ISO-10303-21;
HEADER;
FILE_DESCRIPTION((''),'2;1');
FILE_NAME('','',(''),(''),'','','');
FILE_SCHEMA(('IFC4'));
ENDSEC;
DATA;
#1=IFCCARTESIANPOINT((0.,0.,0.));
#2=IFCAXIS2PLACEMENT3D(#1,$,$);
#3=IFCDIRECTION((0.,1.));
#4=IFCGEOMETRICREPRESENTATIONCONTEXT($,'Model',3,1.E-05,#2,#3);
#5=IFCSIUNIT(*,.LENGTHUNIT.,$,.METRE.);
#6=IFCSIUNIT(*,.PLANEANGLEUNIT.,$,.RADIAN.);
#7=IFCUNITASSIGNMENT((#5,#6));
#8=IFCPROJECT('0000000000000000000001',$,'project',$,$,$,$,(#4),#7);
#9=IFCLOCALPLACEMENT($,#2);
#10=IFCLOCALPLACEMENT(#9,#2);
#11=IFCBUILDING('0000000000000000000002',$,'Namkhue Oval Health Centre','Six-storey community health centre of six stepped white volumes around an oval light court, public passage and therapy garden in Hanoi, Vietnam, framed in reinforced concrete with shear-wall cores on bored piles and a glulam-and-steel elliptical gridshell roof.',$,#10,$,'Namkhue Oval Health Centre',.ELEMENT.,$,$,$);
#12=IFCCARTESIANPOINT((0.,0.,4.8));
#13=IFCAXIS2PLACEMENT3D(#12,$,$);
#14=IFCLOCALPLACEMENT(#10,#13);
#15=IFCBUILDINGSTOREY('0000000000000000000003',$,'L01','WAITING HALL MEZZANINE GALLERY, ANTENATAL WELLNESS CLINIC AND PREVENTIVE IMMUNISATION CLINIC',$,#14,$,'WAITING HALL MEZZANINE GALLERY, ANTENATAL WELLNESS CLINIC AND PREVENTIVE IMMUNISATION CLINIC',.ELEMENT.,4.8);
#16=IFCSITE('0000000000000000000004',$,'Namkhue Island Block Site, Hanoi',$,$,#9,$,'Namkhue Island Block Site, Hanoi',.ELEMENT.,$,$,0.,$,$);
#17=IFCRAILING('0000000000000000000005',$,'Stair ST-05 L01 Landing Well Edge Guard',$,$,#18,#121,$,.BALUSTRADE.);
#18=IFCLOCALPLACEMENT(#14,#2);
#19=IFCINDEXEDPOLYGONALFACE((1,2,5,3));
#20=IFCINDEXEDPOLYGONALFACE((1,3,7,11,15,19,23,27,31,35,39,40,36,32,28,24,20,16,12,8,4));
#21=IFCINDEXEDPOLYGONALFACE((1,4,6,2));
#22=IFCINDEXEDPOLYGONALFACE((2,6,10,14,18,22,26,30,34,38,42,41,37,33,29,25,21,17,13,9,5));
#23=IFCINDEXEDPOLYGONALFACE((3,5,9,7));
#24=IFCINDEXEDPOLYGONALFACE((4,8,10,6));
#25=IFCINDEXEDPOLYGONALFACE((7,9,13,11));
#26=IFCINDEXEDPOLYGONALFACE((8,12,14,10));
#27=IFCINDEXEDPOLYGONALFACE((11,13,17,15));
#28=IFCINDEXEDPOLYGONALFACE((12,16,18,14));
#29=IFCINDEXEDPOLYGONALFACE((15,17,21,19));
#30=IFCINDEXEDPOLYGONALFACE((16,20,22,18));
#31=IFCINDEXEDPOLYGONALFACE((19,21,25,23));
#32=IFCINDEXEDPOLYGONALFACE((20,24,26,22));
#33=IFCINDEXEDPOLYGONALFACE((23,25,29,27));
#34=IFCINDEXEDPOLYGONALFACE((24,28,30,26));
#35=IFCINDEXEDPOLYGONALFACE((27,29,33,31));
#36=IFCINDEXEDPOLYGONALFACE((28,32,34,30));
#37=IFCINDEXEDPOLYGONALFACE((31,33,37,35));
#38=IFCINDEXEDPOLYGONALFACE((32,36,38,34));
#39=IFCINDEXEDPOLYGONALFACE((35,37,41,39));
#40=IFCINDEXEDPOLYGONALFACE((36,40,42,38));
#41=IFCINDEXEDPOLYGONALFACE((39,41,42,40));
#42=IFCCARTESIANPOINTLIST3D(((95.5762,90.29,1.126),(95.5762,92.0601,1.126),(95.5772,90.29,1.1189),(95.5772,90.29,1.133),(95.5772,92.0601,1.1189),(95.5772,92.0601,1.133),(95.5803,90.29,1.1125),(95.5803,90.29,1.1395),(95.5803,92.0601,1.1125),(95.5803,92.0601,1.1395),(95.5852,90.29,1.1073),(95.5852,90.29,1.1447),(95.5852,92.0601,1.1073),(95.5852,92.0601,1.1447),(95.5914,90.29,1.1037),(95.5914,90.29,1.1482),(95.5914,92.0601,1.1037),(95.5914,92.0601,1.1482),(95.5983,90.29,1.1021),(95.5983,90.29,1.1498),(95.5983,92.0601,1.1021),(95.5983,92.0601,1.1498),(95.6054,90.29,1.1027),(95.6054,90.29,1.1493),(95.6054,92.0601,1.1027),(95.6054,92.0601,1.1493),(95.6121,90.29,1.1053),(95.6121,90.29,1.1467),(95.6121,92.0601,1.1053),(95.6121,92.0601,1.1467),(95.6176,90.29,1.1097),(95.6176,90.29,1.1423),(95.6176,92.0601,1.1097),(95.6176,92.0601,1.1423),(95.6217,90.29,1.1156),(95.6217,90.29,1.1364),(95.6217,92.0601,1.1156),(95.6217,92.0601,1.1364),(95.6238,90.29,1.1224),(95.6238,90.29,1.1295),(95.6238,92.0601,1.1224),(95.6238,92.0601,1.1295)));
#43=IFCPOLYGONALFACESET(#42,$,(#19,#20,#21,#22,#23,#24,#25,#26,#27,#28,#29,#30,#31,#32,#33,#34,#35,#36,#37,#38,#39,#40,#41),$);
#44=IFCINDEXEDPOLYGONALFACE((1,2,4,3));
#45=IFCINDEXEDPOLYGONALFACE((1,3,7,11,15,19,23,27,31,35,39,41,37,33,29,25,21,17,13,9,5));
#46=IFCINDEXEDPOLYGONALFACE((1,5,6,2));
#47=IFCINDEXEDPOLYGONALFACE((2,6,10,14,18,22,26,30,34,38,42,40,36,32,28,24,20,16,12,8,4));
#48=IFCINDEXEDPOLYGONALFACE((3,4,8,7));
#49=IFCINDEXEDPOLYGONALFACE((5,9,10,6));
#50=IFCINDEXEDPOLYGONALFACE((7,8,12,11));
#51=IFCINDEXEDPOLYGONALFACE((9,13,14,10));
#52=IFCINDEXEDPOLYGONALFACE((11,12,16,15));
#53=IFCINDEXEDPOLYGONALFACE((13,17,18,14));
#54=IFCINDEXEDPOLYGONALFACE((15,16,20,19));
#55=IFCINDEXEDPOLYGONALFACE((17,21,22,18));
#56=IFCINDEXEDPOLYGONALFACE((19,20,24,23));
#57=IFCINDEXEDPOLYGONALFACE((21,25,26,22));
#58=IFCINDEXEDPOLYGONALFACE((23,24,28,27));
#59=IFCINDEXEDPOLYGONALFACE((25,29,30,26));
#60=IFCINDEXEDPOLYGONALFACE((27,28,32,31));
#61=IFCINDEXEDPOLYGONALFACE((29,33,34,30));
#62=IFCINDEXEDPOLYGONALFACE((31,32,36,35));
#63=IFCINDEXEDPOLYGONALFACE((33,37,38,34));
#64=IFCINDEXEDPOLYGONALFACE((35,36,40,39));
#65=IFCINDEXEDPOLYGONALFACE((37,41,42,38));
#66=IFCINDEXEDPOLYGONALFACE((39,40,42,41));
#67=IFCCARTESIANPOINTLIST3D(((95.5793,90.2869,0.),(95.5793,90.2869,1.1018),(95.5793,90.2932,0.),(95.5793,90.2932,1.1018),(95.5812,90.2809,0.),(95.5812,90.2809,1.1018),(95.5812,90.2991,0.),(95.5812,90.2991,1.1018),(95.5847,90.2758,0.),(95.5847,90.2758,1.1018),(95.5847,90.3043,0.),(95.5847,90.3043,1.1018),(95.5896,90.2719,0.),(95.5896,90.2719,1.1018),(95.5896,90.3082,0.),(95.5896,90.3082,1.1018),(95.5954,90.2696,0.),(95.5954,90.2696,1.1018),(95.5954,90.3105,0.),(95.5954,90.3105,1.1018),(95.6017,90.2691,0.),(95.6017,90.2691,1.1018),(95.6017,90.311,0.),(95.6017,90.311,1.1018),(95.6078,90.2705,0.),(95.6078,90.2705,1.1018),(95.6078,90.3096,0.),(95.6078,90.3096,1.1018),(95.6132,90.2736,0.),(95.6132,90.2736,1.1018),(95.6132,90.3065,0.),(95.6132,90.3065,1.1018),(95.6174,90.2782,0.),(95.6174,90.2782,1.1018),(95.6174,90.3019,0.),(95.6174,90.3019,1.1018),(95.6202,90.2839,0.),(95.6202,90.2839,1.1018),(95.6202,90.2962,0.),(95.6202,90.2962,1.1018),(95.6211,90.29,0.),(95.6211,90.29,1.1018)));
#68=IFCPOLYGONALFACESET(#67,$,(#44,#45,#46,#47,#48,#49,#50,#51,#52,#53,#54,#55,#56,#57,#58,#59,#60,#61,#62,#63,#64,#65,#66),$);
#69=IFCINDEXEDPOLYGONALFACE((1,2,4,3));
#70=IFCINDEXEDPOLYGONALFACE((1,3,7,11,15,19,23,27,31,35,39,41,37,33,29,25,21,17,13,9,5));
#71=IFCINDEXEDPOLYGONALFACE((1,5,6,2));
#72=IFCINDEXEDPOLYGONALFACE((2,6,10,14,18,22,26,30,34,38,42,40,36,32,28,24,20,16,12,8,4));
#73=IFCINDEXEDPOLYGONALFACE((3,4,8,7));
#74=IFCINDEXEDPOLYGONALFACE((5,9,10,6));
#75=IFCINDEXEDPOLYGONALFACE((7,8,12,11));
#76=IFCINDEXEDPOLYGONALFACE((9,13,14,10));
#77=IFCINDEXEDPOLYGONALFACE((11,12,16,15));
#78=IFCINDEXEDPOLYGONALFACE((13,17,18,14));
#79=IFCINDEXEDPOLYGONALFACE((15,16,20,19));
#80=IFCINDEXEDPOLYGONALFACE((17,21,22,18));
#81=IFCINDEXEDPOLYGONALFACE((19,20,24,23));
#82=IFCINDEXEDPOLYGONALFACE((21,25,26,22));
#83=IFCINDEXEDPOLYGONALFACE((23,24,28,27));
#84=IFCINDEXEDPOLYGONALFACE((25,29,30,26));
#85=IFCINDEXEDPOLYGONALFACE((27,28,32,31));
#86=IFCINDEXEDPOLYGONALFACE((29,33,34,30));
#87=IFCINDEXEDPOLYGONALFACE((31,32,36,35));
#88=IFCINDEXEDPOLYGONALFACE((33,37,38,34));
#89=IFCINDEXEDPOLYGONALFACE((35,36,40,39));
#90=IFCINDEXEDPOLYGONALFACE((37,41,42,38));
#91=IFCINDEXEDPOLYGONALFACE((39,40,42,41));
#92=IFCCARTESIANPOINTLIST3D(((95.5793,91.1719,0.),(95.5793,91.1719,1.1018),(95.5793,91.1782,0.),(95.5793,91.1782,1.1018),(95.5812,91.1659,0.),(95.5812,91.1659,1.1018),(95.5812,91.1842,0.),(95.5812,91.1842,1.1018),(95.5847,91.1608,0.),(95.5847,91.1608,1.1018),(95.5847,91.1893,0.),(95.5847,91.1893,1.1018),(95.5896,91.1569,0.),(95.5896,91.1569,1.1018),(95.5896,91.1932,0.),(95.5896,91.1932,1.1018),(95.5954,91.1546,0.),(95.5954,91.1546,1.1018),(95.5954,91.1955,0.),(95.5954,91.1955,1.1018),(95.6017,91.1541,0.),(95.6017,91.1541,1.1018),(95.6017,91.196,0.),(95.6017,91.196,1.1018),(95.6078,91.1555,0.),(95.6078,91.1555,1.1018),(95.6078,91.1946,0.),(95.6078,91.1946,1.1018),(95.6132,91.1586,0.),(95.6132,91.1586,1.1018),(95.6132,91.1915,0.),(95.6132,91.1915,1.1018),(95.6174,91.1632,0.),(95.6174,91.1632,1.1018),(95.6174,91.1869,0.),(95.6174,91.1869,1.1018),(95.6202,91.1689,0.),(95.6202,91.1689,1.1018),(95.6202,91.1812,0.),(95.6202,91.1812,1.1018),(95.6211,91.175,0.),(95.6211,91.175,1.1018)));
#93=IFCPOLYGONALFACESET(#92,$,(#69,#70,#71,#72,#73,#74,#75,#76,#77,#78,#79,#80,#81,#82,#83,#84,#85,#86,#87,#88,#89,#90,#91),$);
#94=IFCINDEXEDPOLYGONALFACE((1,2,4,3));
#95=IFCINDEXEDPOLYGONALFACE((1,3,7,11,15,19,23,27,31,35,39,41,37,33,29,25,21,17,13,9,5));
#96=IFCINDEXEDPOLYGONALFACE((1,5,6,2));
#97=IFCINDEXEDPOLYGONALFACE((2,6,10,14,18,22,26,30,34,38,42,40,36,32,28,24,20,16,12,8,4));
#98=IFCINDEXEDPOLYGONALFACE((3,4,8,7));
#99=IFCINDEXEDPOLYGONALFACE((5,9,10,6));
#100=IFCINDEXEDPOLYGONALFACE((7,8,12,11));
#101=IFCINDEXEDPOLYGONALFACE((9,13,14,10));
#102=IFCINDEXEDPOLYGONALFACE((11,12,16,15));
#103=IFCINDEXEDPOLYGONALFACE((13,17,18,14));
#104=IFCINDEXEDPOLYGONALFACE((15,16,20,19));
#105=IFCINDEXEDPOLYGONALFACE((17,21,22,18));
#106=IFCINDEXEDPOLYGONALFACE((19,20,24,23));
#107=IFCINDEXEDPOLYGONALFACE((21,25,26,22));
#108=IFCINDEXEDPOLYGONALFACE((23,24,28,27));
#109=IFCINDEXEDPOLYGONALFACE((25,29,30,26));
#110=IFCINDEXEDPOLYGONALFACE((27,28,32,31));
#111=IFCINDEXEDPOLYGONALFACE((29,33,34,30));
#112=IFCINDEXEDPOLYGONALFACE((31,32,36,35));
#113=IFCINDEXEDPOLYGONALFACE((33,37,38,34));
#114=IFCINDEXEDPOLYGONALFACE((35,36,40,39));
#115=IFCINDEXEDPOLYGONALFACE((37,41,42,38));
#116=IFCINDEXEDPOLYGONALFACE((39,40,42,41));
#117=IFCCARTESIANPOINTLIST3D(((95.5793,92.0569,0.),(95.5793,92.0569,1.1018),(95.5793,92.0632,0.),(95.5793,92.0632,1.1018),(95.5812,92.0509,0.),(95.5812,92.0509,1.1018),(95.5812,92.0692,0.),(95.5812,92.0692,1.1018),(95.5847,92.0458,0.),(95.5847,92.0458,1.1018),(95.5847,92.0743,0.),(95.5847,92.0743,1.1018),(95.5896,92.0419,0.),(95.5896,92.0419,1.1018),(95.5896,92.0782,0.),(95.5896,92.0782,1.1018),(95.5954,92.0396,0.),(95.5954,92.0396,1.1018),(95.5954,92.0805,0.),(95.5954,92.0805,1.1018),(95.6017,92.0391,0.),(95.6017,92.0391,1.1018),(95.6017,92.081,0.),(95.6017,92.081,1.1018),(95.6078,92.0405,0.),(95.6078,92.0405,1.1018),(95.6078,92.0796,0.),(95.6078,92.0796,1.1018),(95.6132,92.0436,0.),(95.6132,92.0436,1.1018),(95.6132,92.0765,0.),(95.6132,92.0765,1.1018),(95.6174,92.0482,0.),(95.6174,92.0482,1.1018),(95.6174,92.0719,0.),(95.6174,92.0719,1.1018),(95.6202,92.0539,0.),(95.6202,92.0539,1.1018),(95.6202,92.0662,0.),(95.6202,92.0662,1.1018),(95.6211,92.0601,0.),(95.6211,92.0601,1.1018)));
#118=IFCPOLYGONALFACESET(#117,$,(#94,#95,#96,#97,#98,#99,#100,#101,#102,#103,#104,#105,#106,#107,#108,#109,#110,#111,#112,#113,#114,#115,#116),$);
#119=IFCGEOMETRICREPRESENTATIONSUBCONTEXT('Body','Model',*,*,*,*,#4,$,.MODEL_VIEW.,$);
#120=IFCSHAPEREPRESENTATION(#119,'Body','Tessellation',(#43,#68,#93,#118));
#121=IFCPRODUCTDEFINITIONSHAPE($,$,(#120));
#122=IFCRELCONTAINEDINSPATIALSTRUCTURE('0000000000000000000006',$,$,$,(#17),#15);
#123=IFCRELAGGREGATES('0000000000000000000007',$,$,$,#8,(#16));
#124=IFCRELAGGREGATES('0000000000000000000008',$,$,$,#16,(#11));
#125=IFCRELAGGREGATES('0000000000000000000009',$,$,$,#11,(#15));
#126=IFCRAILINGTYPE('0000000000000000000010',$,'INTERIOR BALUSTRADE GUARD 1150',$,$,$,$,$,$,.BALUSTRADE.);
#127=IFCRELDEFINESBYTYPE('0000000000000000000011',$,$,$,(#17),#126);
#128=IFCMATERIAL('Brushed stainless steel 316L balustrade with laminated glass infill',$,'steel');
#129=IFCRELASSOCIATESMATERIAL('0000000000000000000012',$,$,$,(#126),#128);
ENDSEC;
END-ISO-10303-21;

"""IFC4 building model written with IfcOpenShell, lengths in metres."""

from ifc_helpers import new_model, si_unit, direction, frame, origin, origin_2d, place, context, subcontext, project, spatial, circle, extrude, material, type_object, element, save


model = new_model("IFC4")

# Units and contexts
model_context = context("Model", 3, precision=1e-05, world=origin(), true_north=direction((0.0, 1.0)))
body_context = subcontext(model_context, "Body", "Model", "MODEL_VIEW")
ifc_project = project(units=[si_unit("LENGTHUNIT", "METRE"), si_unit("PLANEANGLEUNIT", "RADIAN")], contexts=[model_context])

# Site, building, storey
site_placement = place(None, origin())
site = spatial("IfcSite", under=ifc_project, at=site_placement, Name="Namkhue Island Block Site, Hanoi", LongName="Namkhue Island Block Site, Hanoi", CompositionType="ELEMENT", RefElevation=0.0)
building_placement = place(site_placement, origin())
building = spatial("IfcBuilding", under=site, at=building_placement, Name="Namkhue Oval Health Centre", Description="Six-storey community health centre of six stepped white volumes around an oval light court, public passage and therapy garden in Hanoi, Vietnam, framed in reinforced concrete with shear-wall cores on bored piles and a glulam-and-steel elliptical gridshell roof.", LongName="Namkhue Oval Health Centre", CompositionType="ELEMENT")
storey_placement = place(building_placement, frame((0.0, 0.0, 4.8)))
storey = spatial("IfcBuildingStorey", under=building, at=storey_placement, Name="L01", Description="WAITING HALL MEZZANINE GALLERY, ANTENATAL WELLNESS CLINIC AND PREVENTIVE IMMUNISATION CLINIC", LongName="WAITING HALL MEZZANINE GALLERY, ANTENATAL WELLNESS CLINIC AND PREVENTIVE IMMUNISATION CLINIC", CompositionType="ELEMENT", Elevation=4.8)

# Railing
ifc_material_1 = material(Name="Brushed stainless steel 316L balustrade with laminated glass infill", Category="steel")
railing_type_1 = type_object("IfcRailingType", Name="INTERIOR BALUSTRADE GUARD 1150", PredefinedType="BALUSTRADE", material=ifc_material_1)
railing_1_placement = place(storey_placement, frame((95.6001, 90.29, 0.0)))
element("IfcRailing", 1, at=railing_1_placement, inside=storey, type_object=railing_type_1, Name="Stair ST-05 L01 Landing Well Edge Guard", PredefinedType="BALUSTRADE", context=body_context, shape_type="SweptSolid", body=[
    extrude(circle(Radius=0.0239, at=origin_2d()), frame((0.0, 0.0, 1.126), z_axis=(0.0, 1.0, 0.0), x_axis=(-1.0, 0.0, 0.0)), (0.0, 0.0, 1.0), 1.77),
    extrude(circle(Radius=0.021, at=origin_2d()), origin(), (0.0, 0.0, 1.0), 1.1018),
    extrude(circle(Radius=0.021, at=origin_2d()), frame((0.0, 0.885, 0.0)), (0.0, 0.0, 1.0), 1.1018),
    extrude(circle(Radius=0.021, at=origin_2d()), frame((0.0, 1.77, 0.0)), (0.0, 0.0, 1.0), 1.1018),
])

save(model, "model.ifc")
